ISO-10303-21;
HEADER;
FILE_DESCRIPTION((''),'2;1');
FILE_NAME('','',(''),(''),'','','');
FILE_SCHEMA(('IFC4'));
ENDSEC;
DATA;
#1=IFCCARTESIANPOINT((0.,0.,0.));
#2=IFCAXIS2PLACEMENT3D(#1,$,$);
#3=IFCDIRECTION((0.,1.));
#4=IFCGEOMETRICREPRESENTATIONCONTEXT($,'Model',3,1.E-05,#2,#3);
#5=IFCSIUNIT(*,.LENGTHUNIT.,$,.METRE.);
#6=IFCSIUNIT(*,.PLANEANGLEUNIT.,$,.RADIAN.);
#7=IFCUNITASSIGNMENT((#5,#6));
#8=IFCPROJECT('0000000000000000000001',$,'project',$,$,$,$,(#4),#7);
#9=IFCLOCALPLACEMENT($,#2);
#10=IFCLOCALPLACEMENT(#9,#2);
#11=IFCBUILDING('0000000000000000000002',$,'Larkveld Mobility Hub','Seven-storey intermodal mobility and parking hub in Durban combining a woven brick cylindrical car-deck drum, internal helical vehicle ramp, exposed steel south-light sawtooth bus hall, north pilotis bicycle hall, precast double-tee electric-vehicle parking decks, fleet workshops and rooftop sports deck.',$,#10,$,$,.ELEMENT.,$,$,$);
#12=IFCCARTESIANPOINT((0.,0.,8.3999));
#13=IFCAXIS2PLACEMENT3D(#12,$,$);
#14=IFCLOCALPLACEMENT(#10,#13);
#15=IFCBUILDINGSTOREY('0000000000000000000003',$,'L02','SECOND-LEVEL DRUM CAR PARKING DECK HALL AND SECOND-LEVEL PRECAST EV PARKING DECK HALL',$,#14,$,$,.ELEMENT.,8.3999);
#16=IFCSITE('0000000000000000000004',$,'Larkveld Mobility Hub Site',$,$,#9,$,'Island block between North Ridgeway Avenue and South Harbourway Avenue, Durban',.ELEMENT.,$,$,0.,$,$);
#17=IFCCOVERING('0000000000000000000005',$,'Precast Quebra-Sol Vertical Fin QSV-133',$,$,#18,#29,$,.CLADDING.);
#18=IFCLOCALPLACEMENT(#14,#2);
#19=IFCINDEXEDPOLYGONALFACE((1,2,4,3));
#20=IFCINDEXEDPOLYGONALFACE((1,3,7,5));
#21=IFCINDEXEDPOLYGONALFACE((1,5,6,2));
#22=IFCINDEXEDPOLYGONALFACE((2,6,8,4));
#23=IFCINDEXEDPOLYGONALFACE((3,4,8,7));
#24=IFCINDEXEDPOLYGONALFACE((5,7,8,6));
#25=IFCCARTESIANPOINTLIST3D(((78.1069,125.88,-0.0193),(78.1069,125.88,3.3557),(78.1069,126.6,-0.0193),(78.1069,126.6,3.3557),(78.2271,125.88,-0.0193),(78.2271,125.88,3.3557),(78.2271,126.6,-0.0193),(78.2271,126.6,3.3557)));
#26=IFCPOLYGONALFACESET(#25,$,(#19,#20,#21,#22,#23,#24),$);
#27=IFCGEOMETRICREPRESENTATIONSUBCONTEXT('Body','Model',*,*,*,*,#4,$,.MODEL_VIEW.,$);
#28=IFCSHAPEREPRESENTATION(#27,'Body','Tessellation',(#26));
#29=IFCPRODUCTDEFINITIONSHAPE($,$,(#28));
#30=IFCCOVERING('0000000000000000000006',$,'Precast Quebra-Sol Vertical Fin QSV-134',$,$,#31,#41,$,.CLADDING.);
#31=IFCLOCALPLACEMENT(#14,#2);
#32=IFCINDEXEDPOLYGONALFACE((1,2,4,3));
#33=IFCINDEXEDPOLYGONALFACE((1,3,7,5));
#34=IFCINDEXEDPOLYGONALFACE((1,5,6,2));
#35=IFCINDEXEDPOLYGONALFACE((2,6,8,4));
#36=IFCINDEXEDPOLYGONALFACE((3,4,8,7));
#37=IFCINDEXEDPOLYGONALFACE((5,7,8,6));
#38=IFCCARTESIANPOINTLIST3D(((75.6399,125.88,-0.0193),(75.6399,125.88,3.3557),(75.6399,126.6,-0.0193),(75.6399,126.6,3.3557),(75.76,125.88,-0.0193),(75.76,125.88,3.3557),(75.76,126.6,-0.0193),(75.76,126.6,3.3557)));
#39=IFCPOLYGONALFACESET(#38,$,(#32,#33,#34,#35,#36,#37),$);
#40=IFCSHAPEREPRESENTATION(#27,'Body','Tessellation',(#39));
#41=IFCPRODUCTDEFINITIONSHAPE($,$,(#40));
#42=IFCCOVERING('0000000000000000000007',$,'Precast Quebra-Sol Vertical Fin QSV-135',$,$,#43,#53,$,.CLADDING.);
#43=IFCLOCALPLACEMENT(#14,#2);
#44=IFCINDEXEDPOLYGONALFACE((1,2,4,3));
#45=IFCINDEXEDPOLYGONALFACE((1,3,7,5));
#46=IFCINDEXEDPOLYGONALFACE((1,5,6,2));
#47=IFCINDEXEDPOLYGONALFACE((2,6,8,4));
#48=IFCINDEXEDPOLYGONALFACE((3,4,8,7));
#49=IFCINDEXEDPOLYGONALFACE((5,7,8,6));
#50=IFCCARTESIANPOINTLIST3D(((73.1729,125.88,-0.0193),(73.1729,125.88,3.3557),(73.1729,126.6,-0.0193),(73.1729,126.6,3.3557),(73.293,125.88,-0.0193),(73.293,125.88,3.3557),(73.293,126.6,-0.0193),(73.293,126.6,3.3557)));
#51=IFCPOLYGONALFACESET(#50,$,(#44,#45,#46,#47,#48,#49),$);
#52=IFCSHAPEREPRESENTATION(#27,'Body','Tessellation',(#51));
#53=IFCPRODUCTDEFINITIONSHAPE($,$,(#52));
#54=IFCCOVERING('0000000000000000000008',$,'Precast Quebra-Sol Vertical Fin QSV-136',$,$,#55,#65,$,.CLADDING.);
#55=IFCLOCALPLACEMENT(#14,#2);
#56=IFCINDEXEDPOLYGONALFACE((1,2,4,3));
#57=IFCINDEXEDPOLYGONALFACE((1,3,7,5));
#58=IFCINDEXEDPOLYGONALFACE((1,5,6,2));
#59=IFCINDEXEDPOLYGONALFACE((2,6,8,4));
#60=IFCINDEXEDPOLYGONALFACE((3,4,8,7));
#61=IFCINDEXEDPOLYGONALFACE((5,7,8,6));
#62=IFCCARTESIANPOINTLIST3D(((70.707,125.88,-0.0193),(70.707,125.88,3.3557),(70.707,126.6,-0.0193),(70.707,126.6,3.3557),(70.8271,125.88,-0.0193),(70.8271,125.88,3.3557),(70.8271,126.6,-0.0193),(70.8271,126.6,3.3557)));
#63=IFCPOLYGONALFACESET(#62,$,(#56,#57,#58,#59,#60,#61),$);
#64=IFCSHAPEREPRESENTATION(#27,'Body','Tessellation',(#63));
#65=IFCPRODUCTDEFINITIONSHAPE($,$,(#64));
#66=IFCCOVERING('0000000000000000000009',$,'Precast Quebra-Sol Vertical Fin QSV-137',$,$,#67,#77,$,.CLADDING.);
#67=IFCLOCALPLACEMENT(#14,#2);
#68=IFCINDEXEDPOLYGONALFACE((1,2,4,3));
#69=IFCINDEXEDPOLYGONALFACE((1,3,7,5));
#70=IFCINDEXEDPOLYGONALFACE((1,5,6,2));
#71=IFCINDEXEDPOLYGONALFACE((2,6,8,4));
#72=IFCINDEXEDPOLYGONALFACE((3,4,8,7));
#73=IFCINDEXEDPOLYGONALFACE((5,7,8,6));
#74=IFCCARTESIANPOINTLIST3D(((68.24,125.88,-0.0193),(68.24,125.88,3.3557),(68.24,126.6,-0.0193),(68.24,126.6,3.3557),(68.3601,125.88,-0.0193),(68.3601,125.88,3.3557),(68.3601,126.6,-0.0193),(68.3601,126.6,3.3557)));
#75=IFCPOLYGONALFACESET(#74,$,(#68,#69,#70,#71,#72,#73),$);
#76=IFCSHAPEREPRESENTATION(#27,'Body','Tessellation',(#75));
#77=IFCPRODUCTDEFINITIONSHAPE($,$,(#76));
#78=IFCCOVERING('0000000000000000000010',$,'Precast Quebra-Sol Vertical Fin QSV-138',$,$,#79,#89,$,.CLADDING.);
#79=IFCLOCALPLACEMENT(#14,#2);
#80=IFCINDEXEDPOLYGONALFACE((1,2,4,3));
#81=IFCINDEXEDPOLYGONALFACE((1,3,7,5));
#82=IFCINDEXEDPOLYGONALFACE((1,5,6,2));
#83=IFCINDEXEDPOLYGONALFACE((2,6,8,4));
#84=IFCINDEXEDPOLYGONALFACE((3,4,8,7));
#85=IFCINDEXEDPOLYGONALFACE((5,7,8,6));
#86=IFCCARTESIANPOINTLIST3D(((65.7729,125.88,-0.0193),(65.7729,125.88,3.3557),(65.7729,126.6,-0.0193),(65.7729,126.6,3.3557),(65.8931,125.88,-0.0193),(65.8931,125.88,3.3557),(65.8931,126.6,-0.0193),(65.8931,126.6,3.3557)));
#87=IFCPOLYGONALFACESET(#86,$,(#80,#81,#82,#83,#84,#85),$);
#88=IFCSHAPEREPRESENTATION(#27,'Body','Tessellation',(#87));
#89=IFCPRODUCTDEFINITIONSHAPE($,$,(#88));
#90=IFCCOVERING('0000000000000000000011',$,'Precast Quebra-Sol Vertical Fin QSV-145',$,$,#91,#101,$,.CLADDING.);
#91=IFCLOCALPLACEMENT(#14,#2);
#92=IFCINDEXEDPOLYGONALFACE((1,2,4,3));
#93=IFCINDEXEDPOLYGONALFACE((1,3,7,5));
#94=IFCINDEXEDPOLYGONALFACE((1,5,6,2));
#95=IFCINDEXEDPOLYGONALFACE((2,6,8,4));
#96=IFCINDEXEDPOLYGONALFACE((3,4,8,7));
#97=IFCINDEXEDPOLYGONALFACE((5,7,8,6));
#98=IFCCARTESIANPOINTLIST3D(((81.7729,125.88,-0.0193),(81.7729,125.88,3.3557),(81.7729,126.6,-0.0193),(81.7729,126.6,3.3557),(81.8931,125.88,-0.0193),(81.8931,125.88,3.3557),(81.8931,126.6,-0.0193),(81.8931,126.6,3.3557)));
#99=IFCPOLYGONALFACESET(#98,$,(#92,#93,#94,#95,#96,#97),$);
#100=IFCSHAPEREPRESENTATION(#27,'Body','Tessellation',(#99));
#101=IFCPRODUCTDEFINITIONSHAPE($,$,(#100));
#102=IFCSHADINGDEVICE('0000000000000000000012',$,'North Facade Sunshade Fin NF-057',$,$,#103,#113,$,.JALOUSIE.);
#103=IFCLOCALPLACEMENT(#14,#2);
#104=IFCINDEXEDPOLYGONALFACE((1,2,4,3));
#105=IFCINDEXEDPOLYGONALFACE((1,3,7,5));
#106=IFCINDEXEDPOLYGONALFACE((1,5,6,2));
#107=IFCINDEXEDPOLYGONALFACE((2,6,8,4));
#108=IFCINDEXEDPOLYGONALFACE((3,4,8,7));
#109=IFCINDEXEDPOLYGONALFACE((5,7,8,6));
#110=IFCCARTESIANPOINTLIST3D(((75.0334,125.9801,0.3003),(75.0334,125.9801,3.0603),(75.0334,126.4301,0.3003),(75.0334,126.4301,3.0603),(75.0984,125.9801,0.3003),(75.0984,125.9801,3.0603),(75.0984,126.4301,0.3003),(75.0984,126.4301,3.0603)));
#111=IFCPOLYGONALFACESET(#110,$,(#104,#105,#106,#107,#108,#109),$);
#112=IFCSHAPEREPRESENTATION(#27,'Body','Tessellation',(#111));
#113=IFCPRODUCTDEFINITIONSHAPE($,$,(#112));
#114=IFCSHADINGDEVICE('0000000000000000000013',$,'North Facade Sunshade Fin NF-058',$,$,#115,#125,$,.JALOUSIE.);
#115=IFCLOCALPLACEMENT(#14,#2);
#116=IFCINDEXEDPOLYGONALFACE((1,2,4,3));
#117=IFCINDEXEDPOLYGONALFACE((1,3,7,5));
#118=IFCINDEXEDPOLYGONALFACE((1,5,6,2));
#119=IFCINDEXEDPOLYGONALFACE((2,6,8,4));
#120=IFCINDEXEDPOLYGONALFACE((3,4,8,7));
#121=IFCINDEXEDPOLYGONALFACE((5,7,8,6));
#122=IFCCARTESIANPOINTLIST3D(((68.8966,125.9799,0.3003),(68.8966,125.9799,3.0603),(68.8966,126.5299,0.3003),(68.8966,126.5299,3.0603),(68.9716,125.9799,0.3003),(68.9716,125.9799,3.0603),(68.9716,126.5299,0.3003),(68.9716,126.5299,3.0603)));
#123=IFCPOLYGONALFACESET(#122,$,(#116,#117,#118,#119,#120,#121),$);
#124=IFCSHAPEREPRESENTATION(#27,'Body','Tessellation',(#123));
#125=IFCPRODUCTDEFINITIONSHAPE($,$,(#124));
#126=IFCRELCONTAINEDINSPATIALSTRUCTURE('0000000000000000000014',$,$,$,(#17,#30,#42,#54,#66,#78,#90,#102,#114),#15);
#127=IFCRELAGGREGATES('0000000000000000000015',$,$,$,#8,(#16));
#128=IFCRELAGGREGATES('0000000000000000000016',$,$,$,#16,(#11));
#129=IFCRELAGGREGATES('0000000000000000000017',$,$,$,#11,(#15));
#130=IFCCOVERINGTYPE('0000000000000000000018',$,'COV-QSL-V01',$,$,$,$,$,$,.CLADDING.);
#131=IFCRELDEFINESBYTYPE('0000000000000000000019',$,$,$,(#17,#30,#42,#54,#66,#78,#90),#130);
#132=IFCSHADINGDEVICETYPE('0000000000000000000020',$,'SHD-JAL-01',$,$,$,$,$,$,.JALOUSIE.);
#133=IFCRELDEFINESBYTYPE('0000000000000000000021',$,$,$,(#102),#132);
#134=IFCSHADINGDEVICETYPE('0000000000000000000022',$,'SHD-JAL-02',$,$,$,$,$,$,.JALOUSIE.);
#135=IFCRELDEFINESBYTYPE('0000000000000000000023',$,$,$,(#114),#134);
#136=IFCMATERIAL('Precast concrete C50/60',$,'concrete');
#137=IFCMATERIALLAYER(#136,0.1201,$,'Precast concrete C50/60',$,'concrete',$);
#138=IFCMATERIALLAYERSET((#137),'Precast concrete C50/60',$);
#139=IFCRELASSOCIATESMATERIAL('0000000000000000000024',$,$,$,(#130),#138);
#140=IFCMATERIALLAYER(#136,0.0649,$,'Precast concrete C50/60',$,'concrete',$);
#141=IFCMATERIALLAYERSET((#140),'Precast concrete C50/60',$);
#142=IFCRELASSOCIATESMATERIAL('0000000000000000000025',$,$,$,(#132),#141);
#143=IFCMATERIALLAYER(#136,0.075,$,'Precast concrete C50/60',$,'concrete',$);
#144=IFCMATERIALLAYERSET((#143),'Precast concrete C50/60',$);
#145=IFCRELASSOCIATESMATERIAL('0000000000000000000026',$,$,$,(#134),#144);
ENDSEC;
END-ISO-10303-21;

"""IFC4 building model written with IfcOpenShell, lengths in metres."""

from ifc_helpers import new_model, si_unit, direction, frame, origin, origin_2d, place, context, subcontext, project, spatial, rectangle, extrude, material, layer, layer_set, type_object, element, save


model = new_model("IFC4")

# Units and contexts
model_context = context("Model", 3, precision=1e-05, world=origin(), true_north=direction((0.0, 1.0)))
body_context = subcontext(model_context, "Body", "Model", "MODEL_VIEW")
ifc_project = project(units=[si_unit("LENGTHUNIT", "METRE"), si_unit("PLANEANGLEUNIT", "RADIAN")], contexts=[model_context])

# Site, building, storey
site_placement = place(None, origin())
site = spatial("IfcSite", under=ifc_project, at=site_placement, Name="Larkveld Mobility Hub Site", LongName="Island block between North Ridgeway Avenue and South Harbourway Avenue, Durban", CompositionType="ELEMENT", RefElevation=0.0)
building_placement = place(site_placement, origin())
building = spatial("IfcBuilding", under=site, at=building_placement, Name="Larkveld Mobility Hub", Description="Seven-storey intermodal mobility and parking hub in Durban combining a woven brick cylindrical car-deck drum, internal helical vehicle ramp, exposed steel south-light sawtooth bus hall, north pilotis bicycle hall, precast double-tee electric-vehicle parking decks, fleet workshops and rooftop sports deck.", CompositionType="ELEMENT")
storey_placement = place(building_placement, frame((0.0, 0.0, 8.3999)))
storey = spatial("IfcBuildingStorey", under=building, at=storey_placement, Name="L02", Description="SECOND-LEVEL DRUM CAR PARKING DECK HALL AND SECOND-LEVEL PRECAST EV PARKING DECK HALL", CompositionType="ELEMENT", Elevation=8.3999)

# Shared definitions
ifc_material_1 = material(Name="Precast concrete C50/60", Category="concrete")

# Coverings
ifc_layer_1 = layer(ifc_material_1, 0.1201, Name="Precast concrete C50/60", Category="concrete")
ifc_layer_set_1 = layer_set([ifc_layer_1], Name="Precast concrete C50/60")
covering_type_1 = type_object("IfcCoveringType", Name="COV-QSL-V01", PredefinedType="CLADDING", material=ifc_layer_set_1)
for number, where, z_axis, x_axis, name in (
    (1, (78.167, 126.24, -0.0193), (0.0, 0.0, 1.0), (-1.0, 0.0, 0.0), "Precast Quebra-Sol Vertical Fin QSV-133"),
    (2, (75.7, 126.24, -0.0193), (0.0, 0.0, 1.0), (-1.0, 0.0, 0.0), "Precast Quebra-Sol Vertical Fin QSV-134"),
    (3, (73.2329, 126.24, -0.0193), (0.0, 0.0, 1.0), (-1.0, 0.0, 0.0), "Precast Quebra-Sol Vertical Fin QSV-135"),
    (4, (70.7671, 126.24, -0.0193), (0.0, 0.0, 1.0), (-1.0, 0.0, 0.0), "Precast Quebra-Sol Vertical Fin QSV-136"),
    (5, (68.3, 126.24, -0.0193), (0.0, 0.0, 1.0), (-1.0, 0.0, 0.0), "Precast Quebra-Sol Vertical Fin QSV-137"),
    (6, (65.833, 126.24, -0.0193), (0.0, 0.0, 1.0), (-1.0, 0.0, 0.0), "Precast Quebra-Sol Vertical Fin QSV-138"),
    (7, (81.833, 126.24, -0.0193), (0.0, 0.0, 1.0), (-1.0, 0.0, 0.0), "Precast Quebra-Sol Vertical Fin QSV-145"),
):
    element("IfcCovering", number, at=place(storey_placement, frame(where, z_axis=z_axis, x_axis=x_axis)), inside=storey, type_object=covering_type_1, Name=name, PredefinedType="CLADDING", context=body_context, shape_type="SweptSolid", body=[
        extrude(rectangle(XDim=0.1201, YDim=0.72, at=origin_2d()), origin(), (0.0, 0.0, 1.0), 3.375),
    ])

# Shading devices
ifc_layer_2 = layer(ifc_material_1, 0.0649, Name="Precast concrete C50/60", Category="concrete")
ifc_layer_set_2 = layer_set([ifc_layer_2], Name="Precast concrete C50/60")
shading_device_type_1 = type_object("IfcShadingDeviceType", Name="SHD-JAL-01", PredefinedType="JALOUSIE", material=ifc_layer_set_2)
shading_device_1_placement = place(storey_placement, frame((75.0659, 126.2051, 0.3003), z_axis=(0.0, 0.0, 1.0), x_axis=(1.0, 0.0, 0.0)))
element("IfcShadingDevice", 8, at=shading_device_1_placement, inside=storey, type_object=shading_device_type_1, Name="North Facade Sunshade Fin NF-057", PredefinedType="JALOUSIE", context=body_context, shape_type="SweptSolid", body=[
    extrude(rectangle(XDim=0.0649, YDim=0.45, at=origin_2d()), origin(), (0.0, 0.0, 1.0), 2.76),
])
ifc_layer_3 = layer(ifc_material_1, 0.075, Name="Precast concrete C50/60", Category="concrete")
ifc_layer_set_3 = layer_set([ifc_layer_3], Name="Precast concrete C50/60")
shading_device_type_2 = type_object("IfcShadingDeviceType", Name="SHD-JAL-02", PredefinedType="JALOUSIE", material=ifc_layer_set_3)
shading_device_2_placement = place(storey_placement, frame((68.9341, 126.2549, 0.3003), z_axis=(0.0, 0.0, 1.0), x_axis=(1.0, 0.0, 0.0)))
element("IfcShadingDevice", 9, at=shading_device_2_placement, inside=storey, type_object=shading_device_type_2, Name="North Facade Sunshade Fin NF-058", PredefinedType="JALOUSIE", context=body_context, shape_type="SweptSolid", body=[
    extrude(rectangle(XDim=0.075, YDim=0.55, at=origin_2d()), origin(), (0.0, 0.0, 1.0), 2.76),
])

save(model, "model.ifc")
